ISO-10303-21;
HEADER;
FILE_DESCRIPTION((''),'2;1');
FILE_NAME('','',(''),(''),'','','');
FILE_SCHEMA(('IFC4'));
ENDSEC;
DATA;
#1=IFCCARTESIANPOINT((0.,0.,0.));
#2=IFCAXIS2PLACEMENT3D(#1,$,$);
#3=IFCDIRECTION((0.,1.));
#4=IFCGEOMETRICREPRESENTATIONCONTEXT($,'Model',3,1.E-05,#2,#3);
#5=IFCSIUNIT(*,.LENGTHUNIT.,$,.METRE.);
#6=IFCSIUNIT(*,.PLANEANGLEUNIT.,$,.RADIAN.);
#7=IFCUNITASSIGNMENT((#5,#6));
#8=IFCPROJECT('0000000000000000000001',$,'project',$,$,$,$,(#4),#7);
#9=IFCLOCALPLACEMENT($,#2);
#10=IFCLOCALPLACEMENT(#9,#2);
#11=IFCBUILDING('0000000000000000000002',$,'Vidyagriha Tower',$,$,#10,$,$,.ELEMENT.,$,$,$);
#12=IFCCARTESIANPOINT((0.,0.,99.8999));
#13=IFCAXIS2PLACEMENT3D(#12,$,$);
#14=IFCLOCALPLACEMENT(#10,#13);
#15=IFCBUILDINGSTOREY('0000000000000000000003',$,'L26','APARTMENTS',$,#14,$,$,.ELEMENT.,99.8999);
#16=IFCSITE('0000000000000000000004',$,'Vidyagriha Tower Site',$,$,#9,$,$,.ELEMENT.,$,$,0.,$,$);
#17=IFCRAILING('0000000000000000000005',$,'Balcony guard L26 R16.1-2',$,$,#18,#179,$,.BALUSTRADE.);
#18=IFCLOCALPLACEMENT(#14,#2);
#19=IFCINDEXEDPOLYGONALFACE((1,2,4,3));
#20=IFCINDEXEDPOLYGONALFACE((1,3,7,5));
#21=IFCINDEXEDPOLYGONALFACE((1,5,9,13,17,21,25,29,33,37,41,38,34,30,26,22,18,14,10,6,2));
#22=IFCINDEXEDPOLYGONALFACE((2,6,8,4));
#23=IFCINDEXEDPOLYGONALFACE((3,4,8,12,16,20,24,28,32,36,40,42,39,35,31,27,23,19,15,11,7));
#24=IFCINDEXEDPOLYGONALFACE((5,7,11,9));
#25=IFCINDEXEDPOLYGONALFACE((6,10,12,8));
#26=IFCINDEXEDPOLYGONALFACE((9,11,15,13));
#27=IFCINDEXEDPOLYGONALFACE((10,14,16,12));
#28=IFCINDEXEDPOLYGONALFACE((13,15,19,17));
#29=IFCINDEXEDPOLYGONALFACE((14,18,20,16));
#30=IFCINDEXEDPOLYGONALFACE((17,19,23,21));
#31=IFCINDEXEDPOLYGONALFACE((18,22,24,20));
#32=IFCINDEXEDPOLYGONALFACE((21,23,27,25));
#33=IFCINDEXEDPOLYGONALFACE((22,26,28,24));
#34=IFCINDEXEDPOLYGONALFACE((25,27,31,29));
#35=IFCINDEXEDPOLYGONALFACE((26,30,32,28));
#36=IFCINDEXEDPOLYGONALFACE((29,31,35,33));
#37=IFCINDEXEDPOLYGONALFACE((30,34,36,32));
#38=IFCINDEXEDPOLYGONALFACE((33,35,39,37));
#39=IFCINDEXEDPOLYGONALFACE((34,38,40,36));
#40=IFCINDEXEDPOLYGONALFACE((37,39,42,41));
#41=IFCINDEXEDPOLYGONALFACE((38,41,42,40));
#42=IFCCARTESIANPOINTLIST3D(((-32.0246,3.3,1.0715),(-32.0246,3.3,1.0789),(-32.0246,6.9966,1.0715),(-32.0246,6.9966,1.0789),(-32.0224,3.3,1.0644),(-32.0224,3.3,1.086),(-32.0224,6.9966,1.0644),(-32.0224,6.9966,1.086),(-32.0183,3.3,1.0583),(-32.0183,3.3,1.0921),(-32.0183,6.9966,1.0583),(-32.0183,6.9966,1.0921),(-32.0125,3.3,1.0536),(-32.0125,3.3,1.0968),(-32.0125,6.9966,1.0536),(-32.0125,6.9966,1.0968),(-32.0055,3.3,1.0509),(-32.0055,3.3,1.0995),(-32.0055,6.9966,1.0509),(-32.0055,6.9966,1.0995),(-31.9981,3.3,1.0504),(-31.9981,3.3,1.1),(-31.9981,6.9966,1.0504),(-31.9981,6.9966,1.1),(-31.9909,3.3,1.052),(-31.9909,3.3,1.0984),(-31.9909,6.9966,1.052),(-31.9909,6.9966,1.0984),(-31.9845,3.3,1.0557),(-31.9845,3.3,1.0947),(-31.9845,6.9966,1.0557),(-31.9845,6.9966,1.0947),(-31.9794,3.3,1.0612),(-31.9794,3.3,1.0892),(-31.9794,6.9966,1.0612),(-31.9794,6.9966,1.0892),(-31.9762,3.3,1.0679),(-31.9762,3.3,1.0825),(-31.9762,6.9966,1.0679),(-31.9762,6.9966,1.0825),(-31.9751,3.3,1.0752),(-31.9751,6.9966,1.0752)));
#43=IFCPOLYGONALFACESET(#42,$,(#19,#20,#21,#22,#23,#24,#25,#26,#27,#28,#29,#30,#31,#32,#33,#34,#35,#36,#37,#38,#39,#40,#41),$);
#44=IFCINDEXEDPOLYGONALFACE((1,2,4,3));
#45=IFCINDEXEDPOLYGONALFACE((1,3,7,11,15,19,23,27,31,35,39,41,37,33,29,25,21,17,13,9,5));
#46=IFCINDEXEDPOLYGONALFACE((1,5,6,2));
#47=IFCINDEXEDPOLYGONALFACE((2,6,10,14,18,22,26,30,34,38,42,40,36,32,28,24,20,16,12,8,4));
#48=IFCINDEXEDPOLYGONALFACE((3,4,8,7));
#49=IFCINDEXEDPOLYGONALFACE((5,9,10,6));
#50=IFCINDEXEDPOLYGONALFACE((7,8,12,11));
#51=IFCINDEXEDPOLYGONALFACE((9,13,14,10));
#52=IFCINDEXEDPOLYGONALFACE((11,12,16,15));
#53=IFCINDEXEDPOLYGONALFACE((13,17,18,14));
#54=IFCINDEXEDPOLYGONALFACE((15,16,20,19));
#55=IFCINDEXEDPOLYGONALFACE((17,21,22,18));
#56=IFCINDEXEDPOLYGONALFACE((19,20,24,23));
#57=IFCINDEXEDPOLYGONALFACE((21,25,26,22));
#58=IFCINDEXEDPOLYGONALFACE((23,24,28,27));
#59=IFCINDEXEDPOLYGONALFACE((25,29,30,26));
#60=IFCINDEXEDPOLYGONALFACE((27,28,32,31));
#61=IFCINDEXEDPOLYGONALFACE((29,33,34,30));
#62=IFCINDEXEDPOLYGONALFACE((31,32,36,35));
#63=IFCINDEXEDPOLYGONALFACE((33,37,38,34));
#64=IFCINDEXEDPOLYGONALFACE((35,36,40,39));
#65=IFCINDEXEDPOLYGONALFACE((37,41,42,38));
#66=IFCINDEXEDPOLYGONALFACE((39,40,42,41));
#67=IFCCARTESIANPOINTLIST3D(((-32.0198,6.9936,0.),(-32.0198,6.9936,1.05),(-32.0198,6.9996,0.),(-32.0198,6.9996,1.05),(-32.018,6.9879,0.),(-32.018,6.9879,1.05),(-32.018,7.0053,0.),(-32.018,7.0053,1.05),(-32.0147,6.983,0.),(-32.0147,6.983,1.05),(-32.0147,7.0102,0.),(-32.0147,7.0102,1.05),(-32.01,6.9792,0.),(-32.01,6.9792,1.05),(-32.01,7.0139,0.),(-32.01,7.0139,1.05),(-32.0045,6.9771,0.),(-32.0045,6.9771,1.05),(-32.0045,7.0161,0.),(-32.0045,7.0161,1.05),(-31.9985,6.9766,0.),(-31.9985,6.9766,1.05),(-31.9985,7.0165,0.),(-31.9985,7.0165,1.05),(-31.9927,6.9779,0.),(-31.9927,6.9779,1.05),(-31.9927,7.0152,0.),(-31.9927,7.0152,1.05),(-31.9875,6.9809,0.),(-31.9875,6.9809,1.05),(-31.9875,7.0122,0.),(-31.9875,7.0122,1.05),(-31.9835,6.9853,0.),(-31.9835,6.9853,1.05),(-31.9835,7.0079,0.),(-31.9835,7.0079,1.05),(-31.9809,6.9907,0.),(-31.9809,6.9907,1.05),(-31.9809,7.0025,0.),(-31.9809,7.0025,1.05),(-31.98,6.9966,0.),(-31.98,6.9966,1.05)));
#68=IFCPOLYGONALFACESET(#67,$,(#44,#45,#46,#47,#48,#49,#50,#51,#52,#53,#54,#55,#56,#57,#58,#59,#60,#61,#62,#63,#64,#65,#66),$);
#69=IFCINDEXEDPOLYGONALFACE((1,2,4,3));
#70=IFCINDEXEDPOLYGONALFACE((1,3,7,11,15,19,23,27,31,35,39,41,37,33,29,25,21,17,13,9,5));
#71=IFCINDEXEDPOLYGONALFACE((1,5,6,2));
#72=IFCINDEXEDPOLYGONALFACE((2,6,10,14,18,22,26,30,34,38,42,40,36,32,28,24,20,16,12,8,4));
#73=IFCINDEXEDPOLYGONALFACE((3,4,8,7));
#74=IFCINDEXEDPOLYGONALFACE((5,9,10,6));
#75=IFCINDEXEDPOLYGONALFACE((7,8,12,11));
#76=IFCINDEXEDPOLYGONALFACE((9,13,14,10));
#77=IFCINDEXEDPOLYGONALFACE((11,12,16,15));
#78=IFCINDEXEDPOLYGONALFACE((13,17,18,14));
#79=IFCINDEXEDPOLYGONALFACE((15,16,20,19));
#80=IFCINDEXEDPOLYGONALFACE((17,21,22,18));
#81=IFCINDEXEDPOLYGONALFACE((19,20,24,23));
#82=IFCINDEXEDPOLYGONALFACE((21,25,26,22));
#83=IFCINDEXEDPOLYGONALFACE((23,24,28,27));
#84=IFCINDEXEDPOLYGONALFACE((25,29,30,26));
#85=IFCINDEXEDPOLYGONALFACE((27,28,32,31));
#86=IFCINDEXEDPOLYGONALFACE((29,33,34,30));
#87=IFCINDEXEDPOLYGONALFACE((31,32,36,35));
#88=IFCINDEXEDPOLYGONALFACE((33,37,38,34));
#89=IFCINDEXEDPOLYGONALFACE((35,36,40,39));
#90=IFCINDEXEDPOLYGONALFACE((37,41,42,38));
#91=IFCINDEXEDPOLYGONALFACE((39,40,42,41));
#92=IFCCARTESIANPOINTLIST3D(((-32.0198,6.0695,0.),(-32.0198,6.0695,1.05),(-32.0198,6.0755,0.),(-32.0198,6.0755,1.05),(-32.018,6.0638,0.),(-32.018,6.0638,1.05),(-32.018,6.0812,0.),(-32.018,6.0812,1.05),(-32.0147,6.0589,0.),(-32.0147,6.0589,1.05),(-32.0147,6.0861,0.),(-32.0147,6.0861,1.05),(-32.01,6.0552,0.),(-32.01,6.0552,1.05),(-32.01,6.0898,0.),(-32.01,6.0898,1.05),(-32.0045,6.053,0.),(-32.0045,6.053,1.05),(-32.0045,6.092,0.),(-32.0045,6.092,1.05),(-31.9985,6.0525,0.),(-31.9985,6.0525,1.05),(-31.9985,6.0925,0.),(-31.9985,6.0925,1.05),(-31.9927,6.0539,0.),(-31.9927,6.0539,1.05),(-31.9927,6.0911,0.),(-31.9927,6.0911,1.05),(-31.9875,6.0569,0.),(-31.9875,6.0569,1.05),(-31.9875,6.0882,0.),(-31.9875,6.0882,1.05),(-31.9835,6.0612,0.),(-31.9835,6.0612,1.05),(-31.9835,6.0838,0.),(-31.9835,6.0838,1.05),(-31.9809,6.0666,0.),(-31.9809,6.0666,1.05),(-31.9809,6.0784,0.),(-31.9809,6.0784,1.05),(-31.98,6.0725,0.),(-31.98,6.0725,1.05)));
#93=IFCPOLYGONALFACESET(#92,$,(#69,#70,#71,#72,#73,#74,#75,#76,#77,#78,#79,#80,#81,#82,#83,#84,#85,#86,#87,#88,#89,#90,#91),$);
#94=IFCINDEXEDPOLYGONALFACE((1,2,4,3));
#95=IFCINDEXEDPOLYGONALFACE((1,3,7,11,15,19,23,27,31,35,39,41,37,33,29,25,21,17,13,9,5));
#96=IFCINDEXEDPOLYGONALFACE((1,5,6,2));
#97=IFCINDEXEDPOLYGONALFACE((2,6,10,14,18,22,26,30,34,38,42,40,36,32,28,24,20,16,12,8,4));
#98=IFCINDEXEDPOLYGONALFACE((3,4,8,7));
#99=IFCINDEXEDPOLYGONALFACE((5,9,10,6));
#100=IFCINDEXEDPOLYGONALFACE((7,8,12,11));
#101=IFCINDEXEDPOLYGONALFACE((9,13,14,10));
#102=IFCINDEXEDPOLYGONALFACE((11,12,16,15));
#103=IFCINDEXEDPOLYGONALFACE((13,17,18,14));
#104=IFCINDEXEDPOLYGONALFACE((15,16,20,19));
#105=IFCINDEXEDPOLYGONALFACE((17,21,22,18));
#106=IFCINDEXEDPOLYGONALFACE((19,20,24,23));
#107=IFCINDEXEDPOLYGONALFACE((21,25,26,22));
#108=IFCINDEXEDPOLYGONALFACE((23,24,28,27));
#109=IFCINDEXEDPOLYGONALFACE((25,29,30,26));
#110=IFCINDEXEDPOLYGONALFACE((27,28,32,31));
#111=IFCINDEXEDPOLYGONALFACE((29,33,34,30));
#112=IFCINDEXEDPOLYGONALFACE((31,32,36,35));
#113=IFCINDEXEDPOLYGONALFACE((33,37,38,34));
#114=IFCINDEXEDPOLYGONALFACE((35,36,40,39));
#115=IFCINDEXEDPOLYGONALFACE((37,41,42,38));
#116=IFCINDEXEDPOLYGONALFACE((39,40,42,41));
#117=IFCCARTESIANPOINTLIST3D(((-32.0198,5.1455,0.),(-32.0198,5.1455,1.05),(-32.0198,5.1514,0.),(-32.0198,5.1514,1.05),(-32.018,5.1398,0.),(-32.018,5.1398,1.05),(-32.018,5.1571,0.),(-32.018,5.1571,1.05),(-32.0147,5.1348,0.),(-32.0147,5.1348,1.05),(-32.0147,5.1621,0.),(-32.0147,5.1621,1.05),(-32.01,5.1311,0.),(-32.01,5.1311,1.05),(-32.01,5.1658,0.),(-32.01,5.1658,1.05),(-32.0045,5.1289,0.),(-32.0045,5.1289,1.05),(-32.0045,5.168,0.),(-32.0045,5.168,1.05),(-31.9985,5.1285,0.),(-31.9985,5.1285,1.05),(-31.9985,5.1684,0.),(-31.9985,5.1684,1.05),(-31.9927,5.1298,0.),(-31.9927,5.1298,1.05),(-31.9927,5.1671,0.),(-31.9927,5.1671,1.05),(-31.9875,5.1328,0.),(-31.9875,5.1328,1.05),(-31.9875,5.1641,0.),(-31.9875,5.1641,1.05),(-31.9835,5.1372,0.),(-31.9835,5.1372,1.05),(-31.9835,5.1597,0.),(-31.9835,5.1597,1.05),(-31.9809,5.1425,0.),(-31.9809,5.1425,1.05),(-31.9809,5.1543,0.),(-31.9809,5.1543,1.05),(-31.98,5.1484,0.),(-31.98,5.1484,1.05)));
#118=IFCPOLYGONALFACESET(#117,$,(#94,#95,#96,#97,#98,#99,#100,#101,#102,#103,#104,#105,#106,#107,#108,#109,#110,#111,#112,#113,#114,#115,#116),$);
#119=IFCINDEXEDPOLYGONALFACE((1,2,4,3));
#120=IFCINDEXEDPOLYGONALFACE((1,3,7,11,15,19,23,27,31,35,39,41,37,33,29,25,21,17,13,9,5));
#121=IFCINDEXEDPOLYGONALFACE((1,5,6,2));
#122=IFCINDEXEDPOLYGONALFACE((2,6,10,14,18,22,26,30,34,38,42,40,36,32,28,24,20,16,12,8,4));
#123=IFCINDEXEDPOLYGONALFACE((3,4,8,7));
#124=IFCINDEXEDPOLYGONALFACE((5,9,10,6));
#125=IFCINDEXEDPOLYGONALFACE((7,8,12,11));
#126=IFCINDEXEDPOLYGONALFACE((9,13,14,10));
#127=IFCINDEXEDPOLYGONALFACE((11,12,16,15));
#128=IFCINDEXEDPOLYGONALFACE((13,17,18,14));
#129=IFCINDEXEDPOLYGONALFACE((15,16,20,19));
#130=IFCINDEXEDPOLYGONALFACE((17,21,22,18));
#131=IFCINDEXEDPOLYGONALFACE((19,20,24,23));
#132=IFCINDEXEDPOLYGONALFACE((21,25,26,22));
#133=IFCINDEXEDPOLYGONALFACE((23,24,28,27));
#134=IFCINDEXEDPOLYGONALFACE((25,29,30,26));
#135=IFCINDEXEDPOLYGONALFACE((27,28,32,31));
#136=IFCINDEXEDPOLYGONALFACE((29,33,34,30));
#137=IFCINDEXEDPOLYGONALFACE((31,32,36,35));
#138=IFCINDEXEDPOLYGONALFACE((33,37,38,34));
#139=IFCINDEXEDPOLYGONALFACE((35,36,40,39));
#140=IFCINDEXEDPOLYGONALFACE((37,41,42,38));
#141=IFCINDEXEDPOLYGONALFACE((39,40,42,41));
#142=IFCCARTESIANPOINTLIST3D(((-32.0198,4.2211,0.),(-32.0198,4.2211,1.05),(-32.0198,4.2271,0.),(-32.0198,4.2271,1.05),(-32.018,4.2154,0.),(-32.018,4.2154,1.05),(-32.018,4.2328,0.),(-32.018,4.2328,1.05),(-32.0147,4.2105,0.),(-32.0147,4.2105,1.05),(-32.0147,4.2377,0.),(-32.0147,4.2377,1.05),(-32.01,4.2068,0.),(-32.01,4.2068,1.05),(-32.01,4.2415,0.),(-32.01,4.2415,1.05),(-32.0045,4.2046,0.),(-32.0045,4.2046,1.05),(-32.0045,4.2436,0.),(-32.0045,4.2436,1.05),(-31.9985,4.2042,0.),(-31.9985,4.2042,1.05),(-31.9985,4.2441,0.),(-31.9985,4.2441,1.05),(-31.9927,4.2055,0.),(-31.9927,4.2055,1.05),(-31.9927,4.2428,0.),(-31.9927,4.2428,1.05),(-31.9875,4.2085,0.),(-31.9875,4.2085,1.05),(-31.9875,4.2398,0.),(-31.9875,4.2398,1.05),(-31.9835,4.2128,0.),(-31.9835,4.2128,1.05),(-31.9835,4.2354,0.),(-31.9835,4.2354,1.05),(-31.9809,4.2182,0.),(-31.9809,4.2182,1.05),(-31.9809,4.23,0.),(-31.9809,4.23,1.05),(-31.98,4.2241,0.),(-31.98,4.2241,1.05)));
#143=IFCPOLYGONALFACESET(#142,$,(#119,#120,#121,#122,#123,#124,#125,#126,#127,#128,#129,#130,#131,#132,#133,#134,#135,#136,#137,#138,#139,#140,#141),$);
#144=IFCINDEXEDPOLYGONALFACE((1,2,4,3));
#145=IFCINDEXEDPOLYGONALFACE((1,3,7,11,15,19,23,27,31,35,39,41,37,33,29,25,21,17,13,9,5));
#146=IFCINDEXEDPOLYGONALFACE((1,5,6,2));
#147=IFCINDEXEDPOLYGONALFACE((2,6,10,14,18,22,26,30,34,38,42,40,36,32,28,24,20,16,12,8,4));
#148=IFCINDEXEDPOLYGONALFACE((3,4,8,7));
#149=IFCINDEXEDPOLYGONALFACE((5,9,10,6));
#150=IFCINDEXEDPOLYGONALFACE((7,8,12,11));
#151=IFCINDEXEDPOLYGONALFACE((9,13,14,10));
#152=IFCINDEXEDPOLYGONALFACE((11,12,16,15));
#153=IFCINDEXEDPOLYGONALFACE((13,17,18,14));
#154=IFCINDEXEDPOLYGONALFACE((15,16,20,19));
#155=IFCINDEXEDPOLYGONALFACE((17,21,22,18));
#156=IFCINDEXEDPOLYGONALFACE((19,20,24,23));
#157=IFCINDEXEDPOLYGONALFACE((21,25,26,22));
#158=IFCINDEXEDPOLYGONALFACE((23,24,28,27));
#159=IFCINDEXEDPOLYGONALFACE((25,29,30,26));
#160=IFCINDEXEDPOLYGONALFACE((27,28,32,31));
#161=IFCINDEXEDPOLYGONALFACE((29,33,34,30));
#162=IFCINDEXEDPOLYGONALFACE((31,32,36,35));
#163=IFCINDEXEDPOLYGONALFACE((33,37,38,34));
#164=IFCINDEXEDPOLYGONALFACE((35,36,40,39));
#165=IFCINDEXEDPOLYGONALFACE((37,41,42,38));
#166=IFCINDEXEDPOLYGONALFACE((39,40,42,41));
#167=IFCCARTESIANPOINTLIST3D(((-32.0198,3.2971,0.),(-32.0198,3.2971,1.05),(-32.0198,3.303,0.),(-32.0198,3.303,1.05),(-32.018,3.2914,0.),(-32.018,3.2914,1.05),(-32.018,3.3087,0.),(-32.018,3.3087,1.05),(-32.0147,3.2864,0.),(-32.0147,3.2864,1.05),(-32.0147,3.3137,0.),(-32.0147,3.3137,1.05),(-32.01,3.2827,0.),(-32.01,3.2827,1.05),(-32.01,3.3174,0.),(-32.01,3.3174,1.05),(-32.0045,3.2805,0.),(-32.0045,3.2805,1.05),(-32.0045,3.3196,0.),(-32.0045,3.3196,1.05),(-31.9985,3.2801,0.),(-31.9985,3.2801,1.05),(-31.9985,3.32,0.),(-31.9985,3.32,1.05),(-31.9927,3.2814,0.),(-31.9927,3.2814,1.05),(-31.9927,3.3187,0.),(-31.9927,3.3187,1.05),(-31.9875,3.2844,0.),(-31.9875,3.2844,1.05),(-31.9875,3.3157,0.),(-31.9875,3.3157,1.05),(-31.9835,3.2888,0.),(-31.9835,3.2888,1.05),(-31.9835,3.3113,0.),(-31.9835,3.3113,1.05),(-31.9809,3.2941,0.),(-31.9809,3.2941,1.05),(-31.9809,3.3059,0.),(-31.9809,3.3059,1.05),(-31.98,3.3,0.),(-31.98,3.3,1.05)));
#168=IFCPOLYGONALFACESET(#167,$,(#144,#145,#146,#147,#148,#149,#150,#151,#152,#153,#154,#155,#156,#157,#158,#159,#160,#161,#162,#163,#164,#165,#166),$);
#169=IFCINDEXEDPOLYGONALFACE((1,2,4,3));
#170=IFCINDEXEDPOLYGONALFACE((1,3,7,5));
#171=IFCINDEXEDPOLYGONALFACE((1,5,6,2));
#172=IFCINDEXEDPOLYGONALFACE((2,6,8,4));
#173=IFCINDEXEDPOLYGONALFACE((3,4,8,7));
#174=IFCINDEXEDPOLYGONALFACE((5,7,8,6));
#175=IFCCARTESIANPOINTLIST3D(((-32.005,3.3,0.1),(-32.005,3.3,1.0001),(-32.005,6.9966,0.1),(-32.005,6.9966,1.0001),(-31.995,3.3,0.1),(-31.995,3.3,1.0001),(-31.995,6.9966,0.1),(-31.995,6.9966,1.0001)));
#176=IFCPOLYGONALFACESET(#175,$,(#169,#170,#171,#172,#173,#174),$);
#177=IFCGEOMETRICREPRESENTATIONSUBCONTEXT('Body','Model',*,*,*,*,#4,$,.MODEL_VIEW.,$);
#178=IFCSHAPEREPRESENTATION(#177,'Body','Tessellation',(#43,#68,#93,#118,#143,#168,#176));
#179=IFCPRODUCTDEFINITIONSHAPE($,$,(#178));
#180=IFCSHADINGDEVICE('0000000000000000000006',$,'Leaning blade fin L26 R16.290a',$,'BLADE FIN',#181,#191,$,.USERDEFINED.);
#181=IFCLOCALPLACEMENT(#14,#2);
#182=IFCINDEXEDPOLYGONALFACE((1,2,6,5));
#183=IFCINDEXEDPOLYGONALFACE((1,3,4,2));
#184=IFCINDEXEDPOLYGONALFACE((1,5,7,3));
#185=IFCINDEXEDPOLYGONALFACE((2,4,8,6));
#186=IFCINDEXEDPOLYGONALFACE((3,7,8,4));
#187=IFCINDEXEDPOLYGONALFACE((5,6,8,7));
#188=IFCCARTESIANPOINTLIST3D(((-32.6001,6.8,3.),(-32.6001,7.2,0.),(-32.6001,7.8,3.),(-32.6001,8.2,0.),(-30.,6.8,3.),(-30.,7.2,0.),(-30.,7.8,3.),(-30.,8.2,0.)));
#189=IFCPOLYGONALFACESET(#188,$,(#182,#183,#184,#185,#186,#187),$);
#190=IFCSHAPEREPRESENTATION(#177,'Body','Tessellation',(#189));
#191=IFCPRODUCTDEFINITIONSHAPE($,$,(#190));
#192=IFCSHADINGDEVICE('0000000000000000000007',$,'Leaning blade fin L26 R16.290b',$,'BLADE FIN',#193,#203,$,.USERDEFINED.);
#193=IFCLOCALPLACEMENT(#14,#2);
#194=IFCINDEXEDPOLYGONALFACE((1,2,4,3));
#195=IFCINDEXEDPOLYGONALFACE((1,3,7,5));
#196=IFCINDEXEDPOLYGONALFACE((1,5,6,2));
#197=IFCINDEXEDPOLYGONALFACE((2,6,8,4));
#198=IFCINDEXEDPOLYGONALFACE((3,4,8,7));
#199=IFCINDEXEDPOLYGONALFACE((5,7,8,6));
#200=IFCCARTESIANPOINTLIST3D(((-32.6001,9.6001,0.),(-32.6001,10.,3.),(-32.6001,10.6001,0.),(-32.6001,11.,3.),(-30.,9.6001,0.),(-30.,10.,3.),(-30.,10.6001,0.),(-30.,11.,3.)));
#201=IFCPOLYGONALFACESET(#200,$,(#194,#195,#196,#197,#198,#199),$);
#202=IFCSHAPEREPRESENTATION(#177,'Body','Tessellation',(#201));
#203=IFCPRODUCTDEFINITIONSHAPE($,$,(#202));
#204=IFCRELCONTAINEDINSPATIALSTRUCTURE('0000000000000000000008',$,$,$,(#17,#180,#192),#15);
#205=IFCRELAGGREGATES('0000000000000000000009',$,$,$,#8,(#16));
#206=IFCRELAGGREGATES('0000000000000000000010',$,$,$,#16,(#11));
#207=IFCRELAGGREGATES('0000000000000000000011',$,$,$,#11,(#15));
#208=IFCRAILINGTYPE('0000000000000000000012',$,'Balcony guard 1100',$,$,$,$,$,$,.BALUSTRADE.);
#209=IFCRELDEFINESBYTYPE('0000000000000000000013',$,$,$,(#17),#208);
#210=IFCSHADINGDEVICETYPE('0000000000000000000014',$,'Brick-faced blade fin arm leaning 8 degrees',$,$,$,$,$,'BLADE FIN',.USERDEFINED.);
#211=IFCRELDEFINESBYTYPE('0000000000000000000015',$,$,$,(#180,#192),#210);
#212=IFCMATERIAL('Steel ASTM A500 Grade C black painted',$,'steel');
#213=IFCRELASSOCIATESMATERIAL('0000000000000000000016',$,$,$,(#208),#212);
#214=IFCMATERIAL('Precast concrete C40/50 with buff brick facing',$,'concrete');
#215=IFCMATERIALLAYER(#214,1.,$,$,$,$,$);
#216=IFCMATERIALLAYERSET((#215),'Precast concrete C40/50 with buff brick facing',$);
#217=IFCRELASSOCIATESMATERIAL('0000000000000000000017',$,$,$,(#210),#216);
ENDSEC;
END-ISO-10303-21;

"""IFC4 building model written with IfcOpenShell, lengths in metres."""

from ifc_helpers import new_model, si_unit, direction, frame, origin, origin_2d, place, context, subcontext, project, spatial, polyline, rectangle, circle, outline, extrude, material, layer, layer_set, type_object, element, save


model = new_model("IFC4")

# Units and contexts
model_context = context("Model", 3, precision=1e-05, world=origin(), true_north=direction((0.0, 1.0)))
body_context = subcontext(model_context, "Body", "Model", "MODEL_VIEW")
ifc_project = project(units=[si_unit("LENGTHUNIT", "METRE"), si_unit("PLANEANGLEUNIT", "RADIAN")], contexts=[model_context])

# Site, building, storey
site_placement = place(None, origin())
site = spatial("IfcSite", under=ifc_project, at=site_placement, Name="Vidyagriha Tower Site", CompositionType="ELEMENT", RefElevation=0.0)
building_placement = place(site_placement, origin())
building = spatial("IfcBuilding", under=site, at=building_placement, Name="Vidyagriha Tower", CompositionType="ELEMENT")
storey_placement = place(building_placement, frame((0.0, 0.0, 99.8999)))
storey = spatial("IfcBuildingStorey", under=building, at=storey_placement, Name="L26", Description="APARTMENTS", CompositionType="ELEMENT", Elevation=99.8999)

# Railing
ifc_material_1 = material(Name="Steel ASTM A500 Grade C black painted", Category="steel")
railing_type_1 = type_object("IfcRailingType", Name="Balcony guard 1100", PredefinedType="BALUSTRADE", material=ifc_material_1)
railing_1_placement = place(storey_placement, frame((-32.0, 6.9966, 0.0)))
element("IfcRailing", 1, at=railing_1_placement, inside=storey, type_object=railing_type_1, Name="Balcony guard L26 R16.1-2", PredefinedType="BALUSTRADE", context=body_context, shape_type="SweptSolid", body=[
    extrude(circle(Radius=0.0249, at=origin_2d()), frame((0.0, 0.0, 1.0752), z_axis=(0.0, -1.0, 0.0), x_axis=(1.0, 0.0, 0.0)), (0.0, 0.0, 1.0), 3.6965),
    extrude(circle(Radius=0.02, at=origin_2d()), origin(), (0.0, 0.0, 1.0), 1.05),
    extrude(circle(Radius=0.02, at=origin_2d()), frame((0.0, -0.9241, 0.0)), (0.0, 0.0, 1.0), 1.05),
    extrude(circle(Radius=0.02, at=origin_2d()), frame((0.0, -1.8481, 0.0)), (0.0, 0.0, 1.0), 1.05),
    extrude(circle(Radius=0.02, at=origin_2d()), frame((0.0, -2.7725, 0.0)), (0.0, 0.0, 1.0), 1.05),
    extrude(circle(Radius=0.02, at=origin_2d()), frame((0.0, -3.6965, 0.0)), (0.0, 0.0, 1.0), 1.05),
    extrude(rectangle(XDim=0.01, YDim=0.9001, at=origin_2d()), frame((0.0, 0.0, 0.55), z_axis=(0.0, -1.0, 0.0), x_axis=(1.0, 0.0, 0.0)), (0.0, 0.0, 1.0), 3.6965),
])

# Shading devices
ifc_material_2 = material(Name="Precast concrete C40/50 with buff brick facing", Category="concrete")
ifc_layer_1 = layer(ifc_material_2, 1.0)
ifc_layer_set_1 = layer_set([ifc_layer_1], Name="Precast concrete C40/50 with buff brick facing")
shading_device_type_1 = type_object("IfcShadingDeviceType", Name="Brick-faced blade fin arm leaning 8 degrees", ElementType="BLADE FIN", PredefinedType="USERDEFINED", material=ifc_layer_set_1)
shading_device_1_placement = place(storey_placement, frame((-31.3, 8.2, 0.0), z_axis=(0.0, 0.0, 1.0), x_axis=(0.0, -1.0, 0.0)))
element("IfcShadingDevice", 2, at=shading_device_1_placement, inside=storey, type_object=shading_device_type_1, Name="Leaning blade fin L26 R16.290a", ObjectType="BLADE FIN", PredefinedType="USERDEFINED", context=body_context, shape_type="SweptSolid", body=[
    extrude(outline(polyline([(0.0, 0.0), (1.0, 0.0), (1.3999, 3.0), (0.3999, 3.0), (0.0, 0.0)])), frame((0.0, 1.3, 0.0), z_axis=(0.0, -1.0, 0.0), x_axis=(1.0, 0.0, 0.0)), (0.0, 0.0, 1.0), 2.6001),
])
shading_device_2_placement = place(storey_placement, frame((-31.3, 11.0, 0.0), z_axis=(0.0, 0.0, 1.0), x_axis=(0.0, -1.0, 0.0)))
element("IfcShadingDevice", 3, at=shading_device_2_placement, inside=storey, type_object=shading_device_type_1, Name="Leaning blade fin L26 R16.290b", ObjectType="BLADE FIN", PredefinedType="USERDEFINED", context=body_context, shape_type="SweptSolid", body=[
    extrude(outline(polyline([(0.3999, 0.0), (1.3999, 0.0), (1.0, 3.0), (0.0, 3.0), (0.3999, 0.0)])), frame((0.0, 1.3, 0.0), z_axis=(0.0, -1.0, 0.0), x_axis=(1.0, 0.0, 0.0)), (0.0, 0.0, 1.0), 2.6001),
])

save(model, "model.ifc")
